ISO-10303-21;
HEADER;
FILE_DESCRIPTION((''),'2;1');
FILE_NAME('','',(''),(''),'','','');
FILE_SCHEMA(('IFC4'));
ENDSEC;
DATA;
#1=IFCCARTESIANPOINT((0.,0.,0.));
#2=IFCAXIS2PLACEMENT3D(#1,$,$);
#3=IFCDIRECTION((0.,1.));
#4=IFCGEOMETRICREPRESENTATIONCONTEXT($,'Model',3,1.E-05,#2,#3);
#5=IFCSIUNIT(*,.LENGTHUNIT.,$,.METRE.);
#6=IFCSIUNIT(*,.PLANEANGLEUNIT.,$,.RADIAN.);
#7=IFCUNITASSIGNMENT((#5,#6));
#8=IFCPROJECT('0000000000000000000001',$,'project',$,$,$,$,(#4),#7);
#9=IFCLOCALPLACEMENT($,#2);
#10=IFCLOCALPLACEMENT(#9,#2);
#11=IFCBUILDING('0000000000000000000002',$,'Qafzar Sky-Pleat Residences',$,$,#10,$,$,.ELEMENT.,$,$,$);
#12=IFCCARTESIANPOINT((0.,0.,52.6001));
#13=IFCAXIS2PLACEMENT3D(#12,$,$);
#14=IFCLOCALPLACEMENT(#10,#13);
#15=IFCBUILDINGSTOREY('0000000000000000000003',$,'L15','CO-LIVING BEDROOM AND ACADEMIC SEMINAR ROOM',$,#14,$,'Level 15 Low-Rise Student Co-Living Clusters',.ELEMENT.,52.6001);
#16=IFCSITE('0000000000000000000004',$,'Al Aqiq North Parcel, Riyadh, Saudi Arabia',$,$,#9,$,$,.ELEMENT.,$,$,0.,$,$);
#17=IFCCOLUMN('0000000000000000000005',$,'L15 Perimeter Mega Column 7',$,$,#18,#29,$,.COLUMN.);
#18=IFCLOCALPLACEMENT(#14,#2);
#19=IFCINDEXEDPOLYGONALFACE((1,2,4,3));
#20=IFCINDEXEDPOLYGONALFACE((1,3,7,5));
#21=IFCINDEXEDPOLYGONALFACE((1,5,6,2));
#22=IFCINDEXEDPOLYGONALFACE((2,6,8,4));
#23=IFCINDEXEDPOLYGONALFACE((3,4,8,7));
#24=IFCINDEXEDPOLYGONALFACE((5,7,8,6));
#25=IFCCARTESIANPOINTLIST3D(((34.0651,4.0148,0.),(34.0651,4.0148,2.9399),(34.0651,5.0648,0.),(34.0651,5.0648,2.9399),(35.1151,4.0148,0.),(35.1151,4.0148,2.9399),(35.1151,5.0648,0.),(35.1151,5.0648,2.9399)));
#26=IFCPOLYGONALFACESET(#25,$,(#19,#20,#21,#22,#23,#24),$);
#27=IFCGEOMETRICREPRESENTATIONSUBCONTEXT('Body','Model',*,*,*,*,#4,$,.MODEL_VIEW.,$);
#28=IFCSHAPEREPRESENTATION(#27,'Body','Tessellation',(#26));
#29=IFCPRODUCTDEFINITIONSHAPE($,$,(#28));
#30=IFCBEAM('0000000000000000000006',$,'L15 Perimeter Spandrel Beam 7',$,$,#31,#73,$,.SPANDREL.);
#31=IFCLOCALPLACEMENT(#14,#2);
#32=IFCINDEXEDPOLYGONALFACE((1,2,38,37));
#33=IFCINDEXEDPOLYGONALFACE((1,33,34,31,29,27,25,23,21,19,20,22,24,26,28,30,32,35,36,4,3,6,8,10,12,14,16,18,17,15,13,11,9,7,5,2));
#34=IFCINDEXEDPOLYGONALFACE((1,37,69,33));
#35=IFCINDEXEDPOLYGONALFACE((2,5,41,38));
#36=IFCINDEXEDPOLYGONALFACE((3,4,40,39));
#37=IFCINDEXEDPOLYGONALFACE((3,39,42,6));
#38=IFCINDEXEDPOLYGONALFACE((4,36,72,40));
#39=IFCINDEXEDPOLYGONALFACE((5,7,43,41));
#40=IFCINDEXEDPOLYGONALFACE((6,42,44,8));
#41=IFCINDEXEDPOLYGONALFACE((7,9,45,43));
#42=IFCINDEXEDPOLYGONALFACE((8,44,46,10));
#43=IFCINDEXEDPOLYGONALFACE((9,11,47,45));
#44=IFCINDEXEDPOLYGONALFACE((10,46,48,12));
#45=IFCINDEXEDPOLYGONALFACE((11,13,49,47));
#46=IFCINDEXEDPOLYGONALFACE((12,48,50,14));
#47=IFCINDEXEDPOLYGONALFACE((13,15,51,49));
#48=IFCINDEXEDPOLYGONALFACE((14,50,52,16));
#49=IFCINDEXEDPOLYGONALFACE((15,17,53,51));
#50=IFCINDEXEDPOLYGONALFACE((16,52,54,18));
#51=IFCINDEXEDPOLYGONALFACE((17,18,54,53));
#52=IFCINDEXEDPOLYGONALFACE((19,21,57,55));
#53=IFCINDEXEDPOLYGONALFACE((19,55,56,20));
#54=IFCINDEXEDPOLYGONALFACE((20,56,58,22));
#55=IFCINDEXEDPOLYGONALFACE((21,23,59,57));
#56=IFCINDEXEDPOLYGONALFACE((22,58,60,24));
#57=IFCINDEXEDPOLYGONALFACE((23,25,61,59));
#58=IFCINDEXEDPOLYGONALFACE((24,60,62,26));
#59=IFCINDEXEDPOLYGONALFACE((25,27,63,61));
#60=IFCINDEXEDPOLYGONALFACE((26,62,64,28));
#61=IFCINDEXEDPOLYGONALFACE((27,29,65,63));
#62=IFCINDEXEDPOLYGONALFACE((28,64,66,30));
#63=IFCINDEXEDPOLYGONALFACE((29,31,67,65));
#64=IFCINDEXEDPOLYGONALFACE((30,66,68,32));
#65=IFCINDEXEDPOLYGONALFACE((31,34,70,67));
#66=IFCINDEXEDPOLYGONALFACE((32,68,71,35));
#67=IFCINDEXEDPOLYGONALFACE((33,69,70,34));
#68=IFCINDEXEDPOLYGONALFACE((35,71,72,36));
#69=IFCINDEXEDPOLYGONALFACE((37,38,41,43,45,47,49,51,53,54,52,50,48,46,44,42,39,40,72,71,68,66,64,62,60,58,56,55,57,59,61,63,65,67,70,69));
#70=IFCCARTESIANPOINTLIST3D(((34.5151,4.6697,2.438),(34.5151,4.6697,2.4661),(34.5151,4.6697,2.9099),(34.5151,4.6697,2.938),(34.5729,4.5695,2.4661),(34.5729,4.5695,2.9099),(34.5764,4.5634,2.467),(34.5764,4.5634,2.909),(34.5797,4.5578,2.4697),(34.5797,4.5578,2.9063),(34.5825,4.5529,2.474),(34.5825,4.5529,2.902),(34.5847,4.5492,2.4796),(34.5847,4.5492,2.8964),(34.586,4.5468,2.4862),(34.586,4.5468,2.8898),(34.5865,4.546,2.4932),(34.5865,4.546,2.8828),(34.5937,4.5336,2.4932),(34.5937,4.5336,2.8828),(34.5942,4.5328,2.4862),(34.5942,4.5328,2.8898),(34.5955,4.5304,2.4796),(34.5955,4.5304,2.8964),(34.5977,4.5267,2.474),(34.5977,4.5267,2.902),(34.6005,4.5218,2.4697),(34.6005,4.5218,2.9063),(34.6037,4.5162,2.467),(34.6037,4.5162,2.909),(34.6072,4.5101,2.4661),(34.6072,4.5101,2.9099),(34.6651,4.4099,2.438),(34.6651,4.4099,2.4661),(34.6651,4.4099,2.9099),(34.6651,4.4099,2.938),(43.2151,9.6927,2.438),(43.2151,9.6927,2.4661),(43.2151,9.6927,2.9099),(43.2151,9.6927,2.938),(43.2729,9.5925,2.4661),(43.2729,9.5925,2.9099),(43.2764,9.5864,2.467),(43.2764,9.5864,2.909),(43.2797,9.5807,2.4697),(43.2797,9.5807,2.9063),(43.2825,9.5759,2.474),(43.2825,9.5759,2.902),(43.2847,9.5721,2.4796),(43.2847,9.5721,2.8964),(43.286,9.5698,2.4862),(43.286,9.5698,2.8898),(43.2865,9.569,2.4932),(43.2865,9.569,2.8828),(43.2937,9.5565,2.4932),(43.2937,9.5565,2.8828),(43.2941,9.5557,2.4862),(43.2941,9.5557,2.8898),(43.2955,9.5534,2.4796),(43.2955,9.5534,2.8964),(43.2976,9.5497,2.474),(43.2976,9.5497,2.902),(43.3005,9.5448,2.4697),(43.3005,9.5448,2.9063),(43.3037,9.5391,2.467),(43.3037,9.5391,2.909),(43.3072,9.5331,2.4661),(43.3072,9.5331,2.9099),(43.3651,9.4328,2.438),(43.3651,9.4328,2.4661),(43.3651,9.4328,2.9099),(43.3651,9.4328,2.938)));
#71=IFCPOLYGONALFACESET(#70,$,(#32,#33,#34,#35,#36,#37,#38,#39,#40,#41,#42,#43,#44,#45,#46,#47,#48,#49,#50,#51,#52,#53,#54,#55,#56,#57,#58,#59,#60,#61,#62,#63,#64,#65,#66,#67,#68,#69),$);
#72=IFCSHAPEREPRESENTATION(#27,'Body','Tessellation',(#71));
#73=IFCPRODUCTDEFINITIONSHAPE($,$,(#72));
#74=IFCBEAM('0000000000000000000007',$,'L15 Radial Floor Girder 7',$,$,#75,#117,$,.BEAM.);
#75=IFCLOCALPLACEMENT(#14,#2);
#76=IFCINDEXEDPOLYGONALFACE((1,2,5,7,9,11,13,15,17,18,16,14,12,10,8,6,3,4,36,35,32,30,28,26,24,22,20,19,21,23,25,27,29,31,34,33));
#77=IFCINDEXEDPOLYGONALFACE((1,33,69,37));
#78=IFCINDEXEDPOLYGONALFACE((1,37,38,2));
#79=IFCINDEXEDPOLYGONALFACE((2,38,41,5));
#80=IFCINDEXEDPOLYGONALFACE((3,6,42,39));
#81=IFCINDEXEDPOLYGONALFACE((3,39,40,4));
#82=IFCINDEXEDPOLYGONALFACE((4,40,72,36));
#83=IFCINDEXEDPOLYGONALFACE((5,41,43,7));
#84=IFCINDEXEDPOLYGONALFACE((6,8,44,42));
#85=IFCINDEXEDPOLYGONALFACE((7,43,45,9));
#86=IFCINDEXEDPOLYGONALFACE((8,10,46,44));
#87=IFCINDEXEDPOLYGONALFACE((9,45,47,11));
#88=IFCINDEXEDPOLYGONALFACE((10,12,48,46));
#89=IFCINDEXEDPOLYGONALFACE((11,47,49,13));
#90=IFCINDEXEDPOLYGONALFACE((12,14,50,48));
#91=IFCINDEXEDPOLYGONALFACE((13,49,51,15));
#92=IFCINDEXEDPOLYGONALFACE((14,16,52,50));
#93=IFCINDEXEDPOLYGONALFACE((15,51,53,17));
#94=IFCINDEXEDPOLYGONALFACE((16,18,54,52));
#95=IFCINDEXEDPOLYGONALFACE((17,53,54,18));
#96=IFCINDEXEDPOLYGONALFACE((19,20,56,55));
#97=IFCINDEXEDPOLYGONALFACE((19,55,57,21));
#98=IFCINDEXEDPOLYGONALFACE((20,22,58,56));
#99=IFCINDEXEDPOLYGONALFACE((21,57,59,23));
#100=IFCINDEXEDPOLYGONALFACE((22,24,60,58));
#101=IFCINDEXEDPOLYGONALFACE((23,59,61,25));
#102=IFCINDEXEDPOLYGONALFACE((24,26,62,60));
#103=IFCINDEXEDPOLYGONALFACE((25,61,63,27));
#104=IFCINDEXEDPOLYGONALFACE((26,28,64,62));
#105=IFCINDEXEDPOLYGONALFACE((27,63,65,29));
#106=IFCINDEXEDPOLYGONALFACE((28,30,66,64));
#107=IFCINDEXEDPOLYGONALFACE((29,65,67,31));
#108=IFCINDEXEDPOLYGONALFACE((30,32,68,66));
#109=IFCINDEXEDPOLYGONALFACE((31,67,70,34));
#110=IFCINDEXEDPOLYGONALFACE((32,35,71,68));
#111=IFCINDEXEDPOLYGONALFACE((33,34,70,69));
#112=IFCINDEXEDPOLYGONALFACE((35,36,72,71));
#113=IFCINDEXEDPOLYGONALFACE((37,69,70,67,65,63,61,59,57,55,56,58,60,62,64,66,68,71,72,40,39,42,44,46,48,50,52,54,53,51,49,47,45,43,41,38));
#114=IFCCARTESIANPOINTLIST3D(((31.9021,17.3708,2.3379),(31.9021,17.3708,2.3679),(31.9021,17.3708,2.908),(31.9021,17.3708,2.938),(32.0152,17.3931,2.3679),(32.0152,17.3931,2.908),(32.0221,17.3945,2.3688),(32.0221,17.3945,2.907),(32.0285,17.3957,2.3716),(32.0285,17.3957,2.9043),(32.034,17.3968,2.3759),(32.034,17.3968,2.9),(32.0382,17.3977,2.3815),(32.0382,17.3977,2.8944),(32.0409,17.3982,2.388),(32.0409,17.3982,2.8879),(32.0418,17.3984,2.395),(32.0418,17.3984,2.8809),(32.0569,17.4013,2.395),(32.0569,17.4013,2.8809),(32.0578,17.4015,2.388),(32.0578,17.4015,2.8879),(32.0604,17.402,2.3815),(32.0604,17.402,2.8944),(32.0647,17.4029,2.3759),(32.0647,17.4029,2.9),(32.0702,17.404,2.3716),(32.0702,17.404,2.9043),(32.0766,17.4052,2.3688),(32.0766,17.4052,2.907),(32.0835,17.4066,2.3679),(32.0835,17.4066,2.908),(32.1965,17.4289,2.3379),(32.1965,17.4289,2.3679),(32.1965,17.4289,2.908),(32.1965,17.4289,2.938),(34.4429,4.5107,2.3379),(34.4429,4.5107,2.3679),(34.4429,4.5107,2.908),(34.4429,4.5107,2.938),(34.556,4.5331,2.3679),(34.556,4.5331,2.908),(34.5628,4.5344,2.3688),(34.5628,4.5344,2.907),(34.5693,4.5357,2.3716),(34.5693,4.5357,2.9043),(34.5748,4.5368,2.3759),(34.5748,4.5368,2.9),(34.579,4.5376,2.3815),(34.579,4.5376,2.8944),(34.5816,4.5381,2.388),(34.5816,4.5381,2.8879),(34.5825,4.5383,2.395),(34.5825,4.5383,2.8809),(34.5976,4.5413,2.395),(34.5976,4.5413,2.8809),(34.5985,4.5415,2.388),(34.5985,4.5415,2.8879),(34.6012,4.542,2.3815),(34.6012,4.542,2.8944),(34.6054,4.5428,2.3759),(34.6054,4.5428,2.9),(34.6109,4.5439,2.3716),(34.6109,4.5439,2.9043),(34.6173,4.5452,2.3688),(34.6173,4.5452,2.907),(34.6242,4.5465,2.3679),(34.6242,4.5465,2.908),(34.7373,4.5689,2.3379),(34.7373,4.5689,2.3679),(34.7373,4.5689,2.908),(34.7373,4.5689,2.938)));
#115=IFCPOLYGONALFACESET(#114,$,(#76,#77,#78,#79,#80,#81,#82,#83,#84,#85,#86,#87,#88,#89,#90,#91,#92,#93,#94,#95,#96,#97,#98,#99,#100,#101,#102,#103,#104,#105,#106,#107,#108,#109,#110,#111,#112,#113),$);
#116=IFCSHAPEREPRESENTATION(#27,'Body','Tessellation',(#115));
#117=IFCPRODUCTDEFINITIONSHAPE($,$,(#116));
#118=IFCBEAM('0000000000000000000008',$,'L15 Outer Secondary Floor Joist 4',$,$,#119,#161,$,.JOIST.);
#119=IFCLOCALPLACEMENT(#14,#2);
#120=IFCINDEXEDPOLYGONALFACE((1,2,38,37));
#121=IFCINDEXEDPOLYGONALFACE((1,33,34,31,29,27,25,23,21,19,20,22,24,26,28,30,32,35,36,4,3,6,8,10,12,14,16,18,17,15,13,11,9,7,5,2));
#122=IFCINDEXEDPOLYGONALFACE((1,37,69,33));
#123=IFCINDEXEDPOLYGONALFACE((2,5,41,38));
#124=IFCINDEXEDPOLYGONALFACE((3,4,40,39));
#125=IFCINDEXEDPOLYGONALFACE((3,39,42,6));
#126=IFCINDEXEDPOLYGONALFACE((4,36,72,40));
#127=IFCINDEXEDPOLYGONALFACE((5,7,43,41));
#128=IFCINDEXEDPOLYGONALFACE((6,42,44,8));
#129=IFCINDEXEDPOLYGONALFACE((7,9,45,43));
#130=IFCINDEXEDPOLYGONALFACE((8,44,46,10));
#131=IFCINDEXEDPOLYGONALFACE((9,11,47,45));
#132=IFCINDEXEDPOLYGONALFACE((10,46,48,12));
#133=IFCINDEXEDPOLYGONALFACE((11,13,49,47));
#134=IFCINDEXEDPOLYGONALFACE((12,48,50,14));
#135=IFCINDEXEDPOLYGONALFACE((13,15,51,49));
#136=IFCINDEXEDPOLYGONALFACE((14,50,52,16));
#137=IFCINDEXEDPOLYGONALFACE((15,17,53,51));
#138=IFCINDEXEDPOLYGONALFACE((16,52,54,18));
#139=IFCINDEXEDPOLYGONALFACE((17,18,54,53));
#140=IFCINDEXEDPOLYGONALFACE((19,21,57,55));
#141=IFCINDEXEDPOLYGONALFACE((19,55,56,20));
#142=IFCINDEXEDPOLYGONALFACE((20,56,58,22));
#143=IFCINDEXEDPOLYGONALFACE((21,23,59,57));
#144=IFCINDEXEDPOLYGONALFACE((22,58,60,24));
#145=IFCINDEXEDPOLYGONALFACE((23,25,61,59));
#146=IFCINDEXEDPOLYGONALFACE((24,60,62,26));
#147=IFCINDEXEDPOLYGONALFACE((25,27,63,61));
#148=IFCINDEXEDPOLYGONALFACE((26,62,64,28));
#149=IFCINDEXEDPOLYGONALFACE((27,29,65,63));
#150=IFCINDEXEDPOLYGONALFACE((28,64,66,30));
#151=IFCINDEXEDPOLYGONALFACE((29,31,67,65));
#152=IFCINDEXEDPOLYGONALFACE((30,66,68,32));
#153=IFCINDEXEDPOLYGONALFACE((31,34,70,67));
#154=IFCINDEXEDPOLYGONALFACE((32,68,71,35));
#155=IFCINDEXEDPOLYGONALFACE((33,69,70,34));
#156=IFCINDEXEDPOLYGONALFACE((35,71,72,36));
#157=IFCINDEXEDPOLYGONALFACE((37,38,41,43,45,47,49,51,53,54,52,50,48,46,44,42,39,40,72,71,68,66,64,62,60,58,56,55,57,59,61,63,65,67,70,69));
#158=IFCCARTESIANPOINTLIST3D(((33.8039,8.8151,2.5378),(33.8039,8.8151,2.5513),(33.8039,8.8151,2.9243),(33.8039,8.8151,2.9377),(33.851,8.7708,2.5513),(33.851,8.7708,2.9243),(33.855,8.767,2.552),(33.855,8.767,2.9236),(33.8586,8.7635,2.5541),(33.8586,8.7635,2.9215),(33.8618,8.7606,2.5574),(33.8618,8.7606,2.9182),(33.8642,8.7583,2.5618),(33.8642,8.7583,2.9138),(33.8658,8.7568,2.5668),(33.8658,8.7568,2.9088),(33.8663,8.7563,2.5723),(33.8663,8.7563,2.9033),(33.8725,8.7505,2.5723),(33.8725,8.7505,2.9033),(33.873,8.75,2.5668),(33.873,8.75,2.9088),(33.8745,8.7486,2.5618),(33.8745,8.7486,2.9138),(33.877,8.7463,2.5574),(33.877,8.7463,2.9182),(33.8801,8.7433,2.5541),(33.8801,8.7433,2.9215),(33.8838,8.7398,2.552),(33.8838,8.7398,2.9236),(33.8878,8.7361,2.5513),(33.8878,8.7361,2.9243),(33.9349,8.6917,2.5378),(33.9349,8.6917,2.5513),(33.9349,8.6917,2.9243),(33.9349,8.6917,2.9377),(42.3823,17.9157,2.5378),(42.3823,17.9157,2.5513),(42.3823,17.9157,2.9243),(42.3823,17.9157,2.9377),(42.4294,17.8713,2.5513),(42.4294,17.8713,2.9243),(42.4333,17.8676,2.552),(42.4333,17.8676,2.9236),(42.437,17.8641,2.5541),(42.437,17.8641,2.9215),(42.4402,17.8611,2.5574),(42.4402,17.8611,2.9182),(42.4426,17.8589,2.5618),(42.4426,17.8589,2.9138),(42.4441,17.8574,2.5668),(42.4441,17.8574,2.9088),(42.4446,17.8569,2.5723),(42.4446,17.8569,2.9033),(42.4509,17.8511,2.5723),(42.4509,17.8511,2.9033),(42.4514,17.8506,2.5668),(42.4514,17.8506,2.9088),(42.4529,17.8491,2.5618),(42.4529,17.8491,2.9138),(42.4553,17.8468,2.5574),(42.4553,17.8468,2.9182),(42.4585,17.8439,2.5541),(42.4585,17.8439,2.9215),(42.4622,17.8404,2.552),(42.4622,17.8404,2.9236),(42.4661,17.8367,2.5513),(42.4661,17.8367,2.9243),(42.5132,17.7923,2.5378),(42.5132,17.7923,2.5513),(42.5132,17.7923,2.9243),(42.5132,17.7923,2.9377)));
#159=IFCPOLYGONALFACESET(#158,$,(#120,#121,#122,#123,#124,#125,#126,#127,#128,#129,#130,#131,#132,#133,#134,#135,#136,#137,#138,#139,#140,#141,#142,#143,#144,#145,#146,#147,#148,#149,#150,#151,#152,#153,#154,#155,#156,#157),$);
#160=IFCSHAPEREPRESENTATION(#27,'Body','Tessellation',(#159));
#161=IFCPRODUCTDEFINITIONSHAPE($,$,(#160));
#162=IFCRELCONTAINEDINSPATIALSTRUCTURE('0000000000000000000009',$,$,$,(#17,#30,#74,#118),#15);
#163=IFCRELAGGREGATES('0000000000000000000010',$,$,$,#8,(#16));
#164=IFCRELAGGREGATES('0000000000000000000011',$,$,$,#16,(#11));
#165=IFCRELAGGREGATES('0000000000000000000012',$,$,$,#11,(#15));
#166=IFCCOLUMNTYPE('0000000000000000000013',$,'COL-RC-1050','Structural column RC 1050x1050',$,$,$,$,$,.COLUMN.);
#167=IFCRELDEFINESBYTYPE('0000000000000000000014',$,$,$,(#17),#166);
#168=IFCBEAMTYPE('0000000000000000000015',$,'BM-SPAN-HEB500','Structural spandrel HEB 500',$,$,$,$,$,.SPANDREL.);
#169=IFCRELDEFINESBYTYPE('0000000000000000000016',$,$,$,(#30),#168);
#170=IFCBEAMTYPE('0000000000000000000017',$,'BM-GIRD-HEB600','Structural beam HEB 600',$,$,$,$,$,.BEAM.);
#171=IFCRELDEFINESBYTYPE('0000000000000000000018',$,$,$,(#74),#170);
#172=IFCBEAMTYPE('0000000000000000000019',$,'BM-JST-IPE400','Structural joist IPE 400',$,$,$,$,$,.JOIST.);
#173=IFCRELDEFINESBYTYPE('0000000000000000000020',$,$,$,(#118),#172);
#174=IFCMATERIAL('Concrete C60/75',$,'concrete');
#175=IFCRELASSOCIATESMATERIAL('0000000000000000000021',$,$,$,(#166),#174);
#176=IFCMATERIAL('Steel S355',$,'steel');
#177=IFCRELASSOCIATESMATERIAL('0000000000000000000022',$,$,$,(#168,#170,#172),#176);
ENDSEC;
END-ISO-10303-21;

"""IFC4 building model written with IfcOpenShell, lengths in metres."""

from ifc_helpers import new_model, si_unit, direction, frame, origin, origin_2d, place, context, subcontext, project, spatial, rectangle, i_section, extrude, source, transform, mapped, material, material_profile, profile_set, type_object, element, save


model = new_model("IFC4")

# Units and contexts
model_context = context("Model", 3, precision=1e-05, world=origin(), true_north=direction((0.0, 1.0)))
body_context = subcontext(model_context, "Body", "Model", "MODEL_VIEW")
ifc_project = project(units=[si_unit("LENGTHUNIT", "METRE"), si_unit("PLANEANGLEUNIT", "RADIAN")], contexts=[model_context])

# Site, building, storey
site_placement = place(None, origin())
site = spatial("IfcSite", under=ifc_project, at=site_placement, Name="Al Aqiq North Parcel, Riyadh, Saudi Arabia", CompositionType="ELEMENT", RefElevation=0.0)
building_placement = place(site_placement, origin())
building = spatial("IfcBuilding", under=site, at=building_placement, Name="Qafzar Sky-Pleat Residences", CompositionType="ELEMENT")
storey_placement = place(building_placement, frame((0.0, 0.0, 52.6001)))
storey = spatial("IfcBuildingStorey", under=building, at=storey_placement, Name="L15", Description="CO-LIVING BEDROOM AND ACADEMIC SEMINAR ROOM", LongName="Level 15 Low-Rise Student Co-Living Clusters", CompositionType="ELEMENT", Elevation=52.6001)

# Column
ifc_material_1 = material(Name="Concrete C60/75", Category="concrete")
ifc_material_profile_1 = material_profile(ifc_material_1, rectangle(XDim=1.05, YDim=1.05, at=origin_2d()), Name="RC 1050x1050")
ifc_profile_set_1 = profile_set([ifc_material_profile_1], Name="Concrete C60/75")
column_type = type_object("IfcColumnType", Name="COL-RC-1050", Description="Structural column RC 1050x1050", PredefinedType="COLUMN", material=ifc_profile_set_1)
shared_shape_1 = source(origin(), body_context, "Body", "SweptSolid", [
    extrude(rectangle(XDim=1.05, YDim=1.05, at=origin_2d()), origin(), (0.0, 0.0, 1.0), 2.9399),
])
column_placement = place(storey_placement, frame((34.5901, 4.5398, 0.0), z_axis=(0.0, 0.0, 1.0), x_axis=(1.0, 0.0, 0.0)))
element("IfcColumn", 1, at=column_placement, inside=storey, type_object=column_type, Name="L15 Perimeter Mega Column 7", PredefinedType="COLUMN", context=body_context, shape_type="MappedRepresentation", body=[
    mapped(shared_shape_1, transform((0.0, 0.0, 0.0), x_axis=(1.0, 0.0, 0.0), y_axis=(0.0, 1.0, 0.0), z_axis=(0.0, 0.0, 1.0), scale=1.0)),
])

# Beams
ifc_material_2 = material(Name="Steel S355", Category="steel")
ifc_material_profile_2 = material_profile(ifc_material_2, i_section(OverallWidth=0.3, OverallDepth=0.5, WebThickness=0.0144, FlangeThickness=0.0281, FilletRadius=0.0271, at=origin_2d()), Name="HEB 500")
ifc_profile_set_2 = profile_set([ifc_material_profile_2], Name="Steel S355")
beam_type_1 = type_object("IfcBeamType", Name="BM-SPAN-HEB500", Description="Structural spandrel HEB 500", PredefinedType="SPANDREL", material=ifc_profile_set_2)
shared_shape_2 = source(origin(), body_context, "Body", "SweptSolid", [
    extrude(i_section(OverallWidth=0.3, OverallDepth=0.5, WebThickness=0.0144, FlangeThickness=0.0281, FilletRadius=0.0271, at=origin_2d()), origin(), (0.0, 0.0, 1.0), 10.0459),
])
beam_1_placement = place(storey_placement, frame((34.5901, 4.5398, 2.688), z_axis=(0.866024, 0.500002, 0.0), x_axis=(-0.500002, 0.866024, 0.0)))
element("IfcBeam", 2, at=beam_1_placement, inside=storey, type_object=beam_type_1, Name="L15 Perimeter Spandrel Beam 7", PredefinedType="SPANDREL", context=body_context, shape_type="MappedRepresentation", body=[
    mapped(shared_shape_2, transform((0.0, 0.0, 0.0), x_axis=(1.0, 0.0, 0.0), y_axis=(0.0, 1.0, 0.0), z_axis=(0.0, 0.0, 1.0), scale=1.0)),
])
ifc_material_profile_3 = material_profile(ifc_material_2, i_section(OverallWidth=0.3, OverallDepth=0.6001, WebThickness=0.0154, FlangeThickness=0.03, FilletRadius=0.0271, at=origin_2d()), Name="HEB 600")
ifc_profile_set_3 = profile_set([ifc_material_profile_3], Name="Steel S355")
beam_type_2 = type_object("IfcBeamType", Name="BM-GIRD-HEB600", Description="Structural beam HEB 600", PredefinedType="BEAM", material=ifc_profile_set_3)
shared_shape_3 = source(origin(), body_context, "Body", "SweptSolid", [
    extrude(i_section(OverallWidth=0.3, OverallDepth=0.6001, WebThickness=0.0154, FlangeThickness=0.03, FilletRadius=0.0271, at=origin_2d()), origin(), (0.0, 0.0, 1.0), 13.1086),
])
beam_2_placement = place(storey_placement, frame((34.5901, 4.5398, 2.6379), z_axis=(-0.193823, 0.981036, 0.0), x_axis=(-0.981036, -0.193823, 0.0)))
element("IfcBeam", 3, at=beam_2_placement, inside=storey, type_object=beam_type_2, Name="L15 Radial Floor Girder 7", PredefinedType="BEAM", context=body_context, shape_type="MappedRepresentation", body=[
    mapped(shared_shape_3, transform((0.0, 0.0, 0.0), x_axis=(1.0, 0.0, 0.0), y_axis=(0.0, 1.0, 0.0), z_axis=(0.0, 0.0, 1.0), scale=1.0)),
])
ifc_material_profile_4 = material_profile(ifc_material_2, i_section(OverallWidth=0.1799, OverallDepth=0.3999, WebThickness=0.0085, FlangeThickness=0.0134, FilletRadius=0.021, at=origin_2d()), Name="IPE 400")
ifc_profile_set_4 = profile_set([ifc_material_profile_4], Name="Steel S355")
beam_type_3 = type_object("IfcBeamType", Name="BM-JST-IPE400", Description="Structural joist IPE 400", PredefinedType="JOIST", material=ifc_profile_set_4)
shared_shape_4 = source(origin(), body_context, "Body", "SweptSolid", [
    extrude(i_section(OverallWidth=0.1799, OverallDepth=0.3999, WebThickness=0.0085, FlangeThickness=0.0134, FilletRadius=0.021, at=origin_2d()), origin(), (0.0, 0.0, 1.0), 12.5063),
])
beam_3_placement = place(storey_placement, frame((33.8694, 8.7534, 2.7378), z_axis=(0.68592, 0.727677, 0.0), x_axis=(-0.727677, 0.68592, 0.0)))
element("IfcBeam", 4, at=beam_3_placement, inside=storey, type_object=beam_type_3, Name="L15 Outer Secondary Floor Joist 4", PredefinedType="JOIST", context=body_context, shape_type="MappedRepresentation", body=[
    mapped(shared_shape_4, transform((0.0, 0.0, 0.0), x_axis=(1.0, 0.0, 0.0), y_axis=(0.0, 1.0, 0.0), z_axis=(0.0, 0.0, 1.0), scale=1.0)),
])

save(model, "model.ifc")
